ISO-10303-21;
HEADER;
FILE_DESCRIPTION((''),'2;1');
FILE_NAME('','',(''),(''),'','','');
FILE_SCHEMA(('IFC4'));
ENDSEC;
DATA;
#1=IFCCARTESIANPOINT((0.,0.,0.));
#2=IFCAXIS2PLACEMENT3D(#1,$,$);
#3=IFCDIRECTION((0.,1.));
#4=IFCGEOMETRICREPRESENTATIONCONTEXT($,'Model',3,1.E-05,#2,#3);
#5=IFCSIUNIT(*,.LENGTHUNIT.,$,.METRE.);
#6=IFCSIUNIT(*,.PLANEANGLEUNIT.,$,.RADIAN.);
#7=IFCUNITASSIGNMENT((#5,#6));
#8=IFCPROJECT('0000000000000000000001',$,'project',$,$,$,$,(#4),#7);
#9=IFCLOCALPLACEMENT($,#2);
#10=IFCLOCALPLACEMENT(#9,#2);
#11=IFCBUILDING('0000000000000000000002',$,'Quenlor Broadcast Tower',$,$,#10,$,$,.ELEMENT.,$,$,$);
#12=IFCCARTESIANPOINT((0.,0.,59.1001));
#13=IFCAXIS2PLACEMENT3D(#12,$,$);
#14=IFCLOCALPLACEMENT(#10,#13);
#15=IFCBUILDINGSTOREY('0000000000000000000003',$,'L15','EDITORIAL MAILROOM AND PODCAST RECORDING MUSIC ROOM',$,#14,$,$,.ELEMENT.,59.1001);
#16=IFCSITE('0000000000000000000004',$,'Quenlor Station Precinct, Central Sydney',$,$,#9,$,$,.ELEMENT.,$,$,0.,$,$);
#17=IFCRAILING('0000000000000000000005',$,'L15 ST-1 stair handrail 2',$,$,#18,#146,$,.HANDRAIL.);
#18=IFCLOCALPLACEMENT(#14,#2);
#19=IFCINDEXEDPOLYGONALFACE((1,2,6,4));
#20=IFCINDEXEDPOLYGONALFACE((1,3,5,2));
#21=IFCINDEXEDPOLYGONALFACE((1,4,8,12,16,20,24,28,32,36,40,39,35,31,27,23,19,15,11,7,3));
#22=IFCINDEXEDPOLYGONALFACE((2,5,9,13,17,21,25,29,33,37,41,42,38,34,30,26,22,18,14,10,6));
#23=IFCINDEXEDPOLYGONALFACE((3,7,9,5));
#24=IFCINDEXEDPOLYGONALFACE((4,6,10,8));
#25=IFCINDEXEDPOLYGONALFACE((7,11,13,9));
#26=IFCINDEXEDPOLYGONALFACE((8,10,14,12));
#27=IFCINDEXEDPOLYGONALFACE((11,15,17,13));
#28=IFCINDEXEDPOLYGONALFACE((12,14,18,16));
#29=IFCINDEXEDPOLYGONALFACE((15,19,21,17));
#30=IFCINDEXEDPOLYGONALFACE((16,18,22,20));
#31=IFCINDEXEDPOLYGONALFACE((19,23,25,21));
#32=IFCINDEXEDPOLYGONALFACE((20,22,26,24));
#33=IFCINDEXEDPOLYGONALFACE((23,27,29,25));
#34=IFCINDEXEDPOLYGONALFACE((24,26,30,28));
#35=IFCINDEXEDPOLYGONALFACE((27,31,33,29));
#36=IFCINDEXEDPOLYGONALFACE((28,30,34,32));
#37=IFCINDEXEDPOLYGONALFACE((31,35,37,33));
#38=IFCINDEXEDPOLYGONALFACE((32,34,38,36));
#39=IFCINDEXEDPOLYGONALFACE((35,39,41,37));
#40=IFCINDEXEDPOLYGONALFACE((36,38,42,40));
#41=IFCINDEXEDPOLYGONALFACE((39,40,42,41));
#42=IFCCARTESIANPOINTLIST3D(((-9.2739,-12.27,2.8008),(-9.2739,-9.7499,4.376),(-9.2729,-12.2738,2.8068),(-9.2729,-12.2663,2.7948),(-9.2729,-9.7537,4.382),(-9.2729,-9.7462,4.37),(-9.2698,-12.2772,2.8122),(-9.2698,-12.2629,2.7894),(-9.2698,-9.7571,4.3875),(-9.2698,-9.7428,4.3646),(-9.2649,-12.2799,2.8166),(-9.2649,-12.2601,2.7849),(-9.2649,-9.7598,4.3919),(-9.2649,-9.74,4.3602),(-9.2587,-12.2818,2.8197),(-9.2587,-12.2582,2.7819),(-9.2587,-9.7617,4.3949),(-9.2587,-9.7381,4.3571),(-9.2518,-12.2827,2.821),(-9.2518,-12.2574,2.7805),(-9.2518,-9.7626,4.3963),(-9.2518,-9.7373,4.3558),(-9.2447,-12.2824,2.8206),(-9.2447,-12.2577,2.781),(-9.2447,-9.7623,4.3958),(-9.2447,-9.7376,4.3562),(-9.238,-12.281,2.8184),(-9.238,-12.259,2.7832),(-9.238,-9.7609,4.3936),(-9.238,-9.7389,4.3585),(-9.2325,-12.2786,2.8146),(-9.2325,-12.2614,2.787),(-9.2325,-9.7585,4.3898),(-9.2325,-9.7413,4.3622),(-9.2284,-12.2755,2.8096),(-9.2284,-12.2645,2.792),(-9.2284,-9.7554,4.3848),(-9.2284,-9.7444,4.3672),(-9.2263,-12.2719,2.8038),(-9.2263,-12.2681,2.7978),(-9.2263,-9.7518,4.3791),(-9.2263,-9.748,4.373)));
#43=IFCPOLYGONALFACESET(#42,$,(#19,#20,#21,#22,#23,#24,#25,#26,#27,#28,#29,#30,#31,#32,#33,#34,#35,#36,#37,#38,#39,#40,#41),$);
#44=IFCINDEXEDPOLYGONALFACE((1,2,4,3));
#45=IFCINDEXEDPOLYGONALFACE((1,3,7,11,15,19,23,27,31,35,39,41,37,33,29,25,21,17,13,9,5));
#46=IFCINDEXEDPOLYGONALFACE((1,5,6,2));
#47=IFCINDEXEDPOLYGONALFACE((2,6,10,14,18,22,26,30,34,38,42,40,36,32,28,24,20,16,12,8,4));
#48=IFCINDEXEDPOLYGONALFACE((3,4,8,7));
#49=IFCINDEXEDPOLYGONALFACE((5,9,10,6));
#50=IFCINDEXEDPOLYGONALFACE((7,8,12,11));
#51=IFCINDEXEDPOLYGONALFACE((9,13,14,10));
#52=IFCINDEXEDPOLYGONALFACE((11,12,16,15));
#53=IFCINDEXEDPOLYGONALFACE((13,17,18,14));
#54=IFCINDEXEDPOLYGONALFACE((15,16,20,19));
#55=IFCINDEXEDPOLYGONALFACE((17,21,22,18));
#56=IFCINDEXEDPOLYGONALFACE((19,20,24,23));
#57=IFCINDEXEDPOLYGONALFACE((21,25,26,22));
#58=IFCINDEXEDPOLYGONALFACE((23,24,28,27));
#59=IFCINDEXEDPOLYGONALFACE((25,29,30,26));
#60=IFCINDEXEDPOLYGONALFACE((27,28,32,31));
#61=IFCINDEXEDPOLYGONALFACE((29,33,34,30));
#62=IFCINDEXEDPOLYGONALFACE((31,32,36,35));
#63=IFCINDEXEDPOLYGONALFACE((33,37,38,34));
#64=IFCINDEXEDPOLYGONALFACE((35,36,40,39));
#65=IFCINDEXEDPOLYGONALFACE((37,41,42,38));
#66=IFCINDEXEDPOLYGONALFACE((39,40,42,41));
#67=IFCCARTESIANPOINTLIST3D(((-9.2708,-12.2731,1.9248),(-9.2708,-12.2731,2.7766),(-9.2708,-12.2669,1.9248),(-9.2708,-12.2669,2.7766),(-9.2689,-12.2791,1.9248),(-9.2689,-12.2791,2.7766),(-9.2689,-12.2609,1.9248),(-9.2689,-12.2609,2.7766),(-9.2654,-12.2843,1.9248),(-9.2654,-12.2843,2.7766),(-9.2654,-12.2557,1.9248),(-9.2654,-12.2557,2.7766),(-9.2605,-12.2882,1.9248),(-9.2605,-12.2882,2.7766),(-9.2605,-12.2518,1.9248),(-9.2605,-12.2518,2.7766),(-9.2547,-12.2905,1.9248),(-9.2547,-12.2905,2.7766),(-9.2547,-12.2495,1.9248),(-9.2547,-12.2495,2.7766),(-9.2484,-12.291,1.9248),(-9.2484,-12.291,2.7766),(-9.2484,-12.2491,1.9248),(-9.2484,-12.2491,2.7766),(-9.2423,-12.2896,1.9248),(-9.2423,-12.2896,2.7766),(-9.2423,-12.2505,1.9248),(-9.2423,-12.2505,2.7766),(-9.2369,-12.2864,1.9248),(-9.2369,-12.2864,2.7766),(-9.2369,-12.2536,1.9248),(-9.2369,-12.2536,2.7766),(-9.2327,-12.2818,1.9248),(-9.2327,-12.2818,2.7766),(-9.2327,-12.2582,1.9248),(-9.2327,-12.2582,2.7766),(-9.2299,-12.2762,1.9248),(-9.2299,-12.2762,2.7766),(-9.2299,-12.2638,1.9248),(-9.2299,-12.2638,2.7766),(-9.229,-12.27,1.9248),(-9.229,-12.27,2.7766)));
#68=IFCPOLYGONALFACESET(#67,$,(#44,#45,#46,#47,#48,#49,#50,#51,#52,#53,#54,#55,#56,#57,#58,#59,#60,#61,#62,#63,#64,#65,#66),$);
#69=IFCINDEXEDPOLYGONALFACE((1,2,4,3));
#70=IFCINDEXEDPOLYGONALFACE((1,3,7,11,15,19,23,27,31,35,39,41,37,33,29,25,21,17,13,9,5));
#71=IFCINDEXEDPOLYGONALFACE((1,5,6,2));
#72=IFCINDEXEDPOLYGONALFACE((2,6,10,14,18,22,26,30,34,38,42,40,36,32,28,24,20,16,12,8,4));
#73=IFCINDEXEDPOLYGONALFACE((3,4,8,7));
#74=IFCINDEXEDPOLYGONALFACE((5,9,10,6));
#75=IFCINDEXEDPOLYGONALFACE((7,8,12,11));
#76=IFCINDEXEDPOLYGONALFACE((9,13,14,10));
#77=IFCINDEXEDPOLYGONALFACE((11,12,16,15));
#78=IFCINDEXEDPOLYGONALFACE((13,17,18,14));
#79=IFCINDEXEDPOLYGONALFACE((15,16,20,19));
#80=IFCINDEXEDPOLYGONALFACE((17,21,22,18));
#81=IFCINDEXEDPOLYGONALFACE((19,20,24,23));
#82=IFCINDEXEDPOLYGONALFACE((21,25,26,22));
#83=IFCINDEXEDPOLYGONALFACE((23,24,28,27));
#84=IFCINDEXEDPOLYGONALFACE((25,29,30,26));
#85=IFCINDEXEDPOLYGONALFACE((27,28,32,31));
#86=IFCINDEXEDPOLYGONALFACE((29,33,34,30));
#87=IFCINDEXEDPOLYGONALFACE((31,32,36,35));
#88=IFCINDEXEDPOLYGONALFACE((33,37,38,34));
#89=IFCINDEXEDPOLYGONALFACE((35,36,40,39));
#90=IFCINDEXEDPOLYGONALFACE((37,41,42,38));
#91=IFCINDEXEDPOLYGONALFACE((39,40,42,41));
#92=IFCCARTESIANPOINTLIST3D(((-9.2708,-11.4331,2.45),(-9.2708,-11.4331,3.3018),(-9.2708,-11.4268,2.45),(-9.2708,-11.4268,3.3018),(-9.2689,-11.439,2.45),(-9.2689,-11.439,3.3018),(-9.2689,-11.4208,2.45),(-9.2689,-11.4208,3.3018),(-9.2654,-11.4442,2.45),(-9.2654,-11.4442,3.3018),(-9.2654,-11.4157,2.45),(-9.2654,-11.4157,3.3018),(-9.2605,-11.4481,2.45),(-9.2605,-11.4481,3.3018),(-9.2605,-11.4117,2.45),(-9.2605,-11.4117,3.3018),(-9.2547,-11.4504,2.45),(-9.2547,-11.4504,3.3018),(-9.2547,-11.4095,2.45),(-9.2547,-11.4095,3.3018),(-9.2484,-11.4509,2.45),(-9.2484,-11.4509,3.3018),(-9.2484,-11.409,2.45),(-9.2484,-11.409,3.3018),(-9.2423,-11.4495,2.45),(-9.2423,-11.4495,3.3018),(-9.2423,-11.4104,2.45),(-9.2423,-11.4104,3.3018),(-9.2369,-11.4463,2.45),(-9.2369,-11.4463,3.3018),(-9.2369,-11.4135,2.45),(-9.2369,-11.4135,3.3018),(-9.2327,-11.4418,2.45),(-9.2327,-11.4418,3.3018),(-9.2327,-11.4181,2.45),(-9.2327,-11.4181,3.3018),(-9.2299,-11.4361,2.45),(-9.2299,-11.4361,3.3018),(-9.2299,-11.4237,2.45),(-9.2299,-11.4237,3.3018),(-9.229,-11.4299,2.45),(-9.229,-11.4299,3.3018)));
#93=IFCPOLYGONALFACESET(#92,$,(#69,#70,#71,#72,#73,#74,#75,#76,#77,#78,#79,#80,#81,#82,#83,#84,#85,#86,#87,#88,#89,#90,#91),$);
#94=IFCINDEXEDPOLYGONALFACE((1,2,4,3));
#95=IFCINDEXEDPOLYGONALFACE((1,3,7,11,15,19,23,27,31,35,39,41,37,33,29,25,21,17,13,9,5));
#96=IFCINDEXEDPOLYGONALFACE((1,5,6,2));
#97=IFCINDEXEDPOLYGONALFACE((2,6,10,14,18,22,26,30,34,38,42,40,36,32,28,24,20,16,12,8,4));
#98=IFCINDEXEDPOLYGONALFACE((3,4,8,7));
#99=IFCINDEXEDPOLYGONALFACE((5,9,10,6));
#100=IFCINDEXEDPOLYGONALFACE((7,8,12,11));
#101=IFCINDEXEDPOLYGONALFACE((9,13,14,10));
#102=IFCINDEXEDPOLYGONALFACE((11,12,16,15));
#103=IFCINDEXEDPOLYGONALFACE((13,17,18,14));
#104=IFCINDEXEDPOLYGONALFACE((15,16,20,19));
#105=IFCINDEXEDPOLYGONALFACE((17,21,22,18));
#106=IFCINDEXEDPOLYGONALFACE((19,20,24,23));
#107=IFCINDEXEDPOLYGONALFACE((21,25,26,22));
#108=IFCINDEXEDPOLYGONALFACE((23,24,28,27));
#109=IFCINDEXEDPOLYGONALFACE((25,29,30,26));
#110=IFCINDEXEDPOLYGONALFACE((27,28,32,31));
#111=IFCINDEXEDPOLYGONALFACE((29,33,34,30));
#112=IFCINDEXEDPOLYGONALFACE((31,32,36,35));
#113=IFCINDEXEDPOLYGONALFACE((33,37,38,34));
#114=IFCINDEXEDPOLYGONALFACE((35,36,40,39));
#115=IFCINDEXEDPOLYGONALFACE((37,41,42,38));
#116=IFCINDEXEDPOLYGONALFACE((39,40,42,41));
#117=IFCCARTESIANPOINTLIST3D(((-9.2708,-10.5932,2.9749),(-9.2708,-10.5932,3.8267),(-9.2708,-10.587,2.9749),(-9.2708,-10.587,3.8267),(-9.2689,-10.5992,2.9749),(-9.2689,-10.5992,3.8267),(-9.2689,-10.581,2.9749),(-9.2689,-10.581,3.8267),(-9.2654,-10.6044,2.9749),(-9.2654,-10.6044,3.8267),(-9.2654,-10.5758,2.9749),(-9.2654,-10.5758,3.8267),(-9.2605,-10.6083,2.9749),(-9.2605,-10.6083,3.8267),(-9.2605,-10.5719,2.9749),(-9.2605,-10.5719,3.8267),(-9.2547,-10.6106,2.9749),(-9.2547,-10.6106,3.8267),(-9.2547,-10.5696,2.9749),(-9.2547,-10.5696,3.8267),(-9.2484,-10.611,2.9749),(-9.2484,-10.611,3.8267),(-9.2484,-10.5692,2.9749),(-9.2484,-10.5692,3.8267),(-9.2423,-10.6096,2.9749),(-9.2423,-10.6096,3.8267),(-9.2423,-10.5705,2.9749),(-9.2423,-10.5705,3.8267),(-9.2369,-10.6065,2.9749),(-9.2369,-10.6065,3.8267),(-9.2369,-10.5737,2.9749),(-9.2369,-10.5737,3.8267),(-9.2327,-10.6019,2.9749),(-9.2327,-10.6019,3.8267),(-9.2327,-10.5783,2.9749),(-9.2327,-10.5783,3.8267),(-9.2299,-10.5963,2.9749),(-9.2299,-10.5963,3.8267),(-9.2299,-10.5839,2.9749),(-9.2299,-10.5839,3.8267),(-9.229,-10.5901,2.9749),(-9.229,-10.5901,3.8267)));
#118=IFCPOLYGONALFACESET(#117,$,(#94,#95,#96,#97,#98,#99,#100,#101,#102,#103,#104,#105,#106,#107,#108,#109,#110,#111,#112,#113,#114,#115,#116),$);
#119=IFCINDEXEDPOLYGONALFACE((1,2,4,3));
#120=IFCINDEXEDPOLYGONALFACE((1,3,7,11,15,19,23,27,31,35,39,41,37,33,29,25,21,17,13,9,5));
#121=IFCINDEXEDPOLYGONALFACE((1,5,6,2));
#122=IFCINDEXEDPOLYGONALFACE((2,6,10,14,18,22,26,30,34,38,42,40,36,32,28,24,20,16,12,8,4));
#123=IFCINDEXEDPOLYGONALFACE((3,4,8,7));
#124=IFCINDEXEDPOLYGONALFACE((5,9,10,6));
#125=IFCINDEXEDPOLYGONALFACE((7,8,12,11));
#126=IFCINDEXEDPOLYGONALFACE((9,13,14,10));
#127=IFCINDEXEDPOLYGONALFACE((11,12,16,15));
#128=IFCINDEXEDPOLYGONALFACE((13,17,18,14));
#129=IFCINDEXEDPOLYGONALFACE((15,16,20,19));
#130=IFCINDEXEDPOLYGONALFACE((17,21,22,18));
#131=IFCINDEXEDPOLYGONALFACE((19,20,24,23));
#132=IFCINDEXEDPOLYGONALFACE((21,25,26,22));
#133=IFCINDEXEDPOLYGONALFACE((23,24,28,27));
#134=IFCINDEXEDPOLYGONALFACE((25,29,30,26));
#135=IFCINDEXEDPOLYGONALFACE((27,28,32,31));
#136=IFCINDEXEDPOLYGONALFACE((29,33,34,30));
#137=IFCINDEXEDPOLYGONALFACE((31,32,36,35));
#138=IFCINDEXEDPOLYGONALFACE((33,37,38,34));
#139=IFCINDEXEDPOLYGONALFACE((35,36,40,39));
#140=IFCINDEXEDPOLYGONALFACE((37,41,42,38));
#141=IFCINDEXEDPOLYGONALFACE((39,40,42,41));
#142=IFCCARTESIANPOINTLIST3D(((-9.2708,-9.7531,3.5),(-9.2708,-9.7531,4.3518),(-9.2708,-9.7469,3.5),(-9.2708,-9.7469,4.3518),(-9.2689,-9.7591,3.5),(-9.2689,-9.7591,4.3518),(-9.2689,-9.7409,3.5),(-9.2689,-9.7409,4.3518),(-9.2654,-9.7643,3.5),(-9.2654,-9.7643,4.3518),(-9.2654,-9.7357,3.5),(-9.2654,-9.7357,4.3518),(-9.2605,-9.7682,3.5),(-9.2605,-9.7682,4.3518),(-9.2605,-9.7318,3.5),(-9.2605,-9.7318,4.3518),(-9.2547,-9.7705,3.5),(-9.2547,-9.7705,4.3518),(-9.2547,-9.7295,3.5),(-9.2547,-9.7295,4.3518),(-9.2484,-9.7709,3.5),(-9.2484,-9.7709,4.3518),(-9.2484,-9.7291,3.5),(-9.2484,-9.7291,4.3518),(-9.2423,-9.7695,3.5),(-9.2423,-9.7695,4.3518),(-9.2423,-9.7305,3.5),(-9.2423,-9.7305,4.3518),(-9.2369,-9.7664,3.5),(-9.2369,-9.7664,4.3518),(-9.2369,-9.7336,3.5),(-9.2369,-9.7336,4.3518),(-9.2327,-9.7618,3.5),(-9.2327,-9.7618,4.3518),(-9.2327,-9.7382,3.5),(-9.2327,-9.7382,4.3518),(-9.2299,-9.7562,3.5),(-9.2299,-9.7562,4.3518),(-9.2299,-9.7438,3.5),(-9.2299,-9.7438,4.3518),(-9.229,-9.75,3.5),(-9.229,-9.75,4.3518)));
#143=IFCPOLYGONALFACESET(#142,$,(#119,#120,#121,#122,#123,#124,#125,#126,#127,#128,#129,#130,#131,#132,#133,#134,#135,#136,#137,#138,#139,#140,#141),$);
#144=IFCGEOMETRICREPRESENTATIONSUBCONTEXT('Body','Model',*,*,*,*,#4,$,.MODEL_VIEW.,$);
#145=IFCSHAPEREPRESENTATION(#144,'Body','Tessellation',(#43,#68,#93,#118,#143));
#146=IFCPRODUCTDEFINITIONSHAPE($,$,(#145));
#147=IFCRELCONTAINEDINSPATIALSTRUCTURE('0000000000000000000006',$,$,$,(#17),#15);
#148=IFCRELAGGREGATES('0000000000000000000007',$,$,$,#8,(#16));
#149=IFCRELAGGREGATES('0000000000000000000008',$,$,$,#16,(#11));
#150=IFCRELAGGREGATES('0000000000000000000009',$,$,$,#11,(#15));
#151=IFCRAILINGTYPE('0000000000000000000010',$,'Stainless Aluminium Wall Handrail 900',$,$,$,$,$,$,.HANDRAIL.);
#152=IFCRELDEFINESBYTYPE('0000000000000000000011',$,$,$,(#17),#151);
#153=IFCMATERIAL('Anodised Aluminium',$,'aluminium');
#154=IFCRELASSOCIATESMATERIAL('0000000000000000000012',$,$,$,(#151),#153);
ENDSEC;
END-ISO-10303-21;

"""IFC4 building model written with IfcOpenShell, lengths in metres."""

from ifc_helpers import new_model, si_unit, direction, frame, origin, origin_2d, place, context, subcontext, project, spatial, circle, extrude, material, type_object, element, save


model = new_model("IFC4")

# Units and contexts
model_context = context("Model", 3, precision=1e-05, world=origin(), true_north=direction((0.0, 1.0)))
body_context = subcontext(model_context, "Body", "Model", "MODEL_VIEW")
ifc_project = project(units=[si_unit("LENGTHUNIT", "METRE"), si_unit("PLANEANGLEUNIT", "RADIAN")], contexts=[model_context])

# Site, building, storey
site_placement = place(None, origin())
site = spatial("IfcSite", under=ifc_project, at=site_placement, Name="Quenlor Station Precinct, Central Sydney", CompositionType="ELEMENT", RefElevation=0.0)
building_placement = place(site_placement, origin())
building = spatial("IfcBuilding", under=site, at=building_placement, Name="Quenlor Broadcast Tower", CompositionType="ELEMENT")
storey_placement = place(building_placement, frame((0.0, 0.0, 59.1001)))
storey = spatial("IfcBuildingStorey", under=building, at=storey_placement, Name="L15", Description="EDITORIAL MAILROOM AND PODCAST RECORDING MUSIC ROOM", CompositionType="ELEMENT", Elevation=59.1001)

# Railing
ifc_material_1 = material(Name="Anodised Aluminium", Category="aluminium")
railing_type_1 = type_object("IfcRailingType", Name="Stainless Aluminium Wall Handrail 900", PredefinedType="HANDRAIL", material=ifc_material_1)
railing_1_placement = place(storey_placement, frame((-9.25, -12.27, 1.9248)))
element("IfcRailing", 1, at=railing_1_placement, inside=storey, type_object=railing_type_1, Name="L15 ST-1 stair handrail 2", PredefinedType="HANDRAIL", context=body_context, shape_type="SweptSolid", body=[
    extrude(circle(Radius=0.0239, at=origin_2d()), frame((0.0, 0.0, 0.876), z_axis=(0.0, 0.847971, 0.530043), x_axis=(-1.0, 0.0, 0.0)), (0.0, 0.0, 1.0), 2.9719),
    extrude(circle(Radius=0.021, at=origin_2d()), origin(), (0.0, 0.0, 1.0), 0.8518),
    extrude(circle(Radius=0.021, at=origin_2d()), frame((0.0, 0.8401, 0.5251)), (0.0, 0.0, 1.0), 0.8518),
    extrude(circle(Radius=0.021, at=origin_2d()), frame((0.0, 1.6799, 1.05)), (0.0, 0.0, 1.0), 0.8518),
    extrude(circle(Radius=0.021, at=origin_2d()), frame((0.0, 2.52, 1.5752)), (0.0, 0.0, 1.0), 0.8518),
])

save(model, "model.ifc")
